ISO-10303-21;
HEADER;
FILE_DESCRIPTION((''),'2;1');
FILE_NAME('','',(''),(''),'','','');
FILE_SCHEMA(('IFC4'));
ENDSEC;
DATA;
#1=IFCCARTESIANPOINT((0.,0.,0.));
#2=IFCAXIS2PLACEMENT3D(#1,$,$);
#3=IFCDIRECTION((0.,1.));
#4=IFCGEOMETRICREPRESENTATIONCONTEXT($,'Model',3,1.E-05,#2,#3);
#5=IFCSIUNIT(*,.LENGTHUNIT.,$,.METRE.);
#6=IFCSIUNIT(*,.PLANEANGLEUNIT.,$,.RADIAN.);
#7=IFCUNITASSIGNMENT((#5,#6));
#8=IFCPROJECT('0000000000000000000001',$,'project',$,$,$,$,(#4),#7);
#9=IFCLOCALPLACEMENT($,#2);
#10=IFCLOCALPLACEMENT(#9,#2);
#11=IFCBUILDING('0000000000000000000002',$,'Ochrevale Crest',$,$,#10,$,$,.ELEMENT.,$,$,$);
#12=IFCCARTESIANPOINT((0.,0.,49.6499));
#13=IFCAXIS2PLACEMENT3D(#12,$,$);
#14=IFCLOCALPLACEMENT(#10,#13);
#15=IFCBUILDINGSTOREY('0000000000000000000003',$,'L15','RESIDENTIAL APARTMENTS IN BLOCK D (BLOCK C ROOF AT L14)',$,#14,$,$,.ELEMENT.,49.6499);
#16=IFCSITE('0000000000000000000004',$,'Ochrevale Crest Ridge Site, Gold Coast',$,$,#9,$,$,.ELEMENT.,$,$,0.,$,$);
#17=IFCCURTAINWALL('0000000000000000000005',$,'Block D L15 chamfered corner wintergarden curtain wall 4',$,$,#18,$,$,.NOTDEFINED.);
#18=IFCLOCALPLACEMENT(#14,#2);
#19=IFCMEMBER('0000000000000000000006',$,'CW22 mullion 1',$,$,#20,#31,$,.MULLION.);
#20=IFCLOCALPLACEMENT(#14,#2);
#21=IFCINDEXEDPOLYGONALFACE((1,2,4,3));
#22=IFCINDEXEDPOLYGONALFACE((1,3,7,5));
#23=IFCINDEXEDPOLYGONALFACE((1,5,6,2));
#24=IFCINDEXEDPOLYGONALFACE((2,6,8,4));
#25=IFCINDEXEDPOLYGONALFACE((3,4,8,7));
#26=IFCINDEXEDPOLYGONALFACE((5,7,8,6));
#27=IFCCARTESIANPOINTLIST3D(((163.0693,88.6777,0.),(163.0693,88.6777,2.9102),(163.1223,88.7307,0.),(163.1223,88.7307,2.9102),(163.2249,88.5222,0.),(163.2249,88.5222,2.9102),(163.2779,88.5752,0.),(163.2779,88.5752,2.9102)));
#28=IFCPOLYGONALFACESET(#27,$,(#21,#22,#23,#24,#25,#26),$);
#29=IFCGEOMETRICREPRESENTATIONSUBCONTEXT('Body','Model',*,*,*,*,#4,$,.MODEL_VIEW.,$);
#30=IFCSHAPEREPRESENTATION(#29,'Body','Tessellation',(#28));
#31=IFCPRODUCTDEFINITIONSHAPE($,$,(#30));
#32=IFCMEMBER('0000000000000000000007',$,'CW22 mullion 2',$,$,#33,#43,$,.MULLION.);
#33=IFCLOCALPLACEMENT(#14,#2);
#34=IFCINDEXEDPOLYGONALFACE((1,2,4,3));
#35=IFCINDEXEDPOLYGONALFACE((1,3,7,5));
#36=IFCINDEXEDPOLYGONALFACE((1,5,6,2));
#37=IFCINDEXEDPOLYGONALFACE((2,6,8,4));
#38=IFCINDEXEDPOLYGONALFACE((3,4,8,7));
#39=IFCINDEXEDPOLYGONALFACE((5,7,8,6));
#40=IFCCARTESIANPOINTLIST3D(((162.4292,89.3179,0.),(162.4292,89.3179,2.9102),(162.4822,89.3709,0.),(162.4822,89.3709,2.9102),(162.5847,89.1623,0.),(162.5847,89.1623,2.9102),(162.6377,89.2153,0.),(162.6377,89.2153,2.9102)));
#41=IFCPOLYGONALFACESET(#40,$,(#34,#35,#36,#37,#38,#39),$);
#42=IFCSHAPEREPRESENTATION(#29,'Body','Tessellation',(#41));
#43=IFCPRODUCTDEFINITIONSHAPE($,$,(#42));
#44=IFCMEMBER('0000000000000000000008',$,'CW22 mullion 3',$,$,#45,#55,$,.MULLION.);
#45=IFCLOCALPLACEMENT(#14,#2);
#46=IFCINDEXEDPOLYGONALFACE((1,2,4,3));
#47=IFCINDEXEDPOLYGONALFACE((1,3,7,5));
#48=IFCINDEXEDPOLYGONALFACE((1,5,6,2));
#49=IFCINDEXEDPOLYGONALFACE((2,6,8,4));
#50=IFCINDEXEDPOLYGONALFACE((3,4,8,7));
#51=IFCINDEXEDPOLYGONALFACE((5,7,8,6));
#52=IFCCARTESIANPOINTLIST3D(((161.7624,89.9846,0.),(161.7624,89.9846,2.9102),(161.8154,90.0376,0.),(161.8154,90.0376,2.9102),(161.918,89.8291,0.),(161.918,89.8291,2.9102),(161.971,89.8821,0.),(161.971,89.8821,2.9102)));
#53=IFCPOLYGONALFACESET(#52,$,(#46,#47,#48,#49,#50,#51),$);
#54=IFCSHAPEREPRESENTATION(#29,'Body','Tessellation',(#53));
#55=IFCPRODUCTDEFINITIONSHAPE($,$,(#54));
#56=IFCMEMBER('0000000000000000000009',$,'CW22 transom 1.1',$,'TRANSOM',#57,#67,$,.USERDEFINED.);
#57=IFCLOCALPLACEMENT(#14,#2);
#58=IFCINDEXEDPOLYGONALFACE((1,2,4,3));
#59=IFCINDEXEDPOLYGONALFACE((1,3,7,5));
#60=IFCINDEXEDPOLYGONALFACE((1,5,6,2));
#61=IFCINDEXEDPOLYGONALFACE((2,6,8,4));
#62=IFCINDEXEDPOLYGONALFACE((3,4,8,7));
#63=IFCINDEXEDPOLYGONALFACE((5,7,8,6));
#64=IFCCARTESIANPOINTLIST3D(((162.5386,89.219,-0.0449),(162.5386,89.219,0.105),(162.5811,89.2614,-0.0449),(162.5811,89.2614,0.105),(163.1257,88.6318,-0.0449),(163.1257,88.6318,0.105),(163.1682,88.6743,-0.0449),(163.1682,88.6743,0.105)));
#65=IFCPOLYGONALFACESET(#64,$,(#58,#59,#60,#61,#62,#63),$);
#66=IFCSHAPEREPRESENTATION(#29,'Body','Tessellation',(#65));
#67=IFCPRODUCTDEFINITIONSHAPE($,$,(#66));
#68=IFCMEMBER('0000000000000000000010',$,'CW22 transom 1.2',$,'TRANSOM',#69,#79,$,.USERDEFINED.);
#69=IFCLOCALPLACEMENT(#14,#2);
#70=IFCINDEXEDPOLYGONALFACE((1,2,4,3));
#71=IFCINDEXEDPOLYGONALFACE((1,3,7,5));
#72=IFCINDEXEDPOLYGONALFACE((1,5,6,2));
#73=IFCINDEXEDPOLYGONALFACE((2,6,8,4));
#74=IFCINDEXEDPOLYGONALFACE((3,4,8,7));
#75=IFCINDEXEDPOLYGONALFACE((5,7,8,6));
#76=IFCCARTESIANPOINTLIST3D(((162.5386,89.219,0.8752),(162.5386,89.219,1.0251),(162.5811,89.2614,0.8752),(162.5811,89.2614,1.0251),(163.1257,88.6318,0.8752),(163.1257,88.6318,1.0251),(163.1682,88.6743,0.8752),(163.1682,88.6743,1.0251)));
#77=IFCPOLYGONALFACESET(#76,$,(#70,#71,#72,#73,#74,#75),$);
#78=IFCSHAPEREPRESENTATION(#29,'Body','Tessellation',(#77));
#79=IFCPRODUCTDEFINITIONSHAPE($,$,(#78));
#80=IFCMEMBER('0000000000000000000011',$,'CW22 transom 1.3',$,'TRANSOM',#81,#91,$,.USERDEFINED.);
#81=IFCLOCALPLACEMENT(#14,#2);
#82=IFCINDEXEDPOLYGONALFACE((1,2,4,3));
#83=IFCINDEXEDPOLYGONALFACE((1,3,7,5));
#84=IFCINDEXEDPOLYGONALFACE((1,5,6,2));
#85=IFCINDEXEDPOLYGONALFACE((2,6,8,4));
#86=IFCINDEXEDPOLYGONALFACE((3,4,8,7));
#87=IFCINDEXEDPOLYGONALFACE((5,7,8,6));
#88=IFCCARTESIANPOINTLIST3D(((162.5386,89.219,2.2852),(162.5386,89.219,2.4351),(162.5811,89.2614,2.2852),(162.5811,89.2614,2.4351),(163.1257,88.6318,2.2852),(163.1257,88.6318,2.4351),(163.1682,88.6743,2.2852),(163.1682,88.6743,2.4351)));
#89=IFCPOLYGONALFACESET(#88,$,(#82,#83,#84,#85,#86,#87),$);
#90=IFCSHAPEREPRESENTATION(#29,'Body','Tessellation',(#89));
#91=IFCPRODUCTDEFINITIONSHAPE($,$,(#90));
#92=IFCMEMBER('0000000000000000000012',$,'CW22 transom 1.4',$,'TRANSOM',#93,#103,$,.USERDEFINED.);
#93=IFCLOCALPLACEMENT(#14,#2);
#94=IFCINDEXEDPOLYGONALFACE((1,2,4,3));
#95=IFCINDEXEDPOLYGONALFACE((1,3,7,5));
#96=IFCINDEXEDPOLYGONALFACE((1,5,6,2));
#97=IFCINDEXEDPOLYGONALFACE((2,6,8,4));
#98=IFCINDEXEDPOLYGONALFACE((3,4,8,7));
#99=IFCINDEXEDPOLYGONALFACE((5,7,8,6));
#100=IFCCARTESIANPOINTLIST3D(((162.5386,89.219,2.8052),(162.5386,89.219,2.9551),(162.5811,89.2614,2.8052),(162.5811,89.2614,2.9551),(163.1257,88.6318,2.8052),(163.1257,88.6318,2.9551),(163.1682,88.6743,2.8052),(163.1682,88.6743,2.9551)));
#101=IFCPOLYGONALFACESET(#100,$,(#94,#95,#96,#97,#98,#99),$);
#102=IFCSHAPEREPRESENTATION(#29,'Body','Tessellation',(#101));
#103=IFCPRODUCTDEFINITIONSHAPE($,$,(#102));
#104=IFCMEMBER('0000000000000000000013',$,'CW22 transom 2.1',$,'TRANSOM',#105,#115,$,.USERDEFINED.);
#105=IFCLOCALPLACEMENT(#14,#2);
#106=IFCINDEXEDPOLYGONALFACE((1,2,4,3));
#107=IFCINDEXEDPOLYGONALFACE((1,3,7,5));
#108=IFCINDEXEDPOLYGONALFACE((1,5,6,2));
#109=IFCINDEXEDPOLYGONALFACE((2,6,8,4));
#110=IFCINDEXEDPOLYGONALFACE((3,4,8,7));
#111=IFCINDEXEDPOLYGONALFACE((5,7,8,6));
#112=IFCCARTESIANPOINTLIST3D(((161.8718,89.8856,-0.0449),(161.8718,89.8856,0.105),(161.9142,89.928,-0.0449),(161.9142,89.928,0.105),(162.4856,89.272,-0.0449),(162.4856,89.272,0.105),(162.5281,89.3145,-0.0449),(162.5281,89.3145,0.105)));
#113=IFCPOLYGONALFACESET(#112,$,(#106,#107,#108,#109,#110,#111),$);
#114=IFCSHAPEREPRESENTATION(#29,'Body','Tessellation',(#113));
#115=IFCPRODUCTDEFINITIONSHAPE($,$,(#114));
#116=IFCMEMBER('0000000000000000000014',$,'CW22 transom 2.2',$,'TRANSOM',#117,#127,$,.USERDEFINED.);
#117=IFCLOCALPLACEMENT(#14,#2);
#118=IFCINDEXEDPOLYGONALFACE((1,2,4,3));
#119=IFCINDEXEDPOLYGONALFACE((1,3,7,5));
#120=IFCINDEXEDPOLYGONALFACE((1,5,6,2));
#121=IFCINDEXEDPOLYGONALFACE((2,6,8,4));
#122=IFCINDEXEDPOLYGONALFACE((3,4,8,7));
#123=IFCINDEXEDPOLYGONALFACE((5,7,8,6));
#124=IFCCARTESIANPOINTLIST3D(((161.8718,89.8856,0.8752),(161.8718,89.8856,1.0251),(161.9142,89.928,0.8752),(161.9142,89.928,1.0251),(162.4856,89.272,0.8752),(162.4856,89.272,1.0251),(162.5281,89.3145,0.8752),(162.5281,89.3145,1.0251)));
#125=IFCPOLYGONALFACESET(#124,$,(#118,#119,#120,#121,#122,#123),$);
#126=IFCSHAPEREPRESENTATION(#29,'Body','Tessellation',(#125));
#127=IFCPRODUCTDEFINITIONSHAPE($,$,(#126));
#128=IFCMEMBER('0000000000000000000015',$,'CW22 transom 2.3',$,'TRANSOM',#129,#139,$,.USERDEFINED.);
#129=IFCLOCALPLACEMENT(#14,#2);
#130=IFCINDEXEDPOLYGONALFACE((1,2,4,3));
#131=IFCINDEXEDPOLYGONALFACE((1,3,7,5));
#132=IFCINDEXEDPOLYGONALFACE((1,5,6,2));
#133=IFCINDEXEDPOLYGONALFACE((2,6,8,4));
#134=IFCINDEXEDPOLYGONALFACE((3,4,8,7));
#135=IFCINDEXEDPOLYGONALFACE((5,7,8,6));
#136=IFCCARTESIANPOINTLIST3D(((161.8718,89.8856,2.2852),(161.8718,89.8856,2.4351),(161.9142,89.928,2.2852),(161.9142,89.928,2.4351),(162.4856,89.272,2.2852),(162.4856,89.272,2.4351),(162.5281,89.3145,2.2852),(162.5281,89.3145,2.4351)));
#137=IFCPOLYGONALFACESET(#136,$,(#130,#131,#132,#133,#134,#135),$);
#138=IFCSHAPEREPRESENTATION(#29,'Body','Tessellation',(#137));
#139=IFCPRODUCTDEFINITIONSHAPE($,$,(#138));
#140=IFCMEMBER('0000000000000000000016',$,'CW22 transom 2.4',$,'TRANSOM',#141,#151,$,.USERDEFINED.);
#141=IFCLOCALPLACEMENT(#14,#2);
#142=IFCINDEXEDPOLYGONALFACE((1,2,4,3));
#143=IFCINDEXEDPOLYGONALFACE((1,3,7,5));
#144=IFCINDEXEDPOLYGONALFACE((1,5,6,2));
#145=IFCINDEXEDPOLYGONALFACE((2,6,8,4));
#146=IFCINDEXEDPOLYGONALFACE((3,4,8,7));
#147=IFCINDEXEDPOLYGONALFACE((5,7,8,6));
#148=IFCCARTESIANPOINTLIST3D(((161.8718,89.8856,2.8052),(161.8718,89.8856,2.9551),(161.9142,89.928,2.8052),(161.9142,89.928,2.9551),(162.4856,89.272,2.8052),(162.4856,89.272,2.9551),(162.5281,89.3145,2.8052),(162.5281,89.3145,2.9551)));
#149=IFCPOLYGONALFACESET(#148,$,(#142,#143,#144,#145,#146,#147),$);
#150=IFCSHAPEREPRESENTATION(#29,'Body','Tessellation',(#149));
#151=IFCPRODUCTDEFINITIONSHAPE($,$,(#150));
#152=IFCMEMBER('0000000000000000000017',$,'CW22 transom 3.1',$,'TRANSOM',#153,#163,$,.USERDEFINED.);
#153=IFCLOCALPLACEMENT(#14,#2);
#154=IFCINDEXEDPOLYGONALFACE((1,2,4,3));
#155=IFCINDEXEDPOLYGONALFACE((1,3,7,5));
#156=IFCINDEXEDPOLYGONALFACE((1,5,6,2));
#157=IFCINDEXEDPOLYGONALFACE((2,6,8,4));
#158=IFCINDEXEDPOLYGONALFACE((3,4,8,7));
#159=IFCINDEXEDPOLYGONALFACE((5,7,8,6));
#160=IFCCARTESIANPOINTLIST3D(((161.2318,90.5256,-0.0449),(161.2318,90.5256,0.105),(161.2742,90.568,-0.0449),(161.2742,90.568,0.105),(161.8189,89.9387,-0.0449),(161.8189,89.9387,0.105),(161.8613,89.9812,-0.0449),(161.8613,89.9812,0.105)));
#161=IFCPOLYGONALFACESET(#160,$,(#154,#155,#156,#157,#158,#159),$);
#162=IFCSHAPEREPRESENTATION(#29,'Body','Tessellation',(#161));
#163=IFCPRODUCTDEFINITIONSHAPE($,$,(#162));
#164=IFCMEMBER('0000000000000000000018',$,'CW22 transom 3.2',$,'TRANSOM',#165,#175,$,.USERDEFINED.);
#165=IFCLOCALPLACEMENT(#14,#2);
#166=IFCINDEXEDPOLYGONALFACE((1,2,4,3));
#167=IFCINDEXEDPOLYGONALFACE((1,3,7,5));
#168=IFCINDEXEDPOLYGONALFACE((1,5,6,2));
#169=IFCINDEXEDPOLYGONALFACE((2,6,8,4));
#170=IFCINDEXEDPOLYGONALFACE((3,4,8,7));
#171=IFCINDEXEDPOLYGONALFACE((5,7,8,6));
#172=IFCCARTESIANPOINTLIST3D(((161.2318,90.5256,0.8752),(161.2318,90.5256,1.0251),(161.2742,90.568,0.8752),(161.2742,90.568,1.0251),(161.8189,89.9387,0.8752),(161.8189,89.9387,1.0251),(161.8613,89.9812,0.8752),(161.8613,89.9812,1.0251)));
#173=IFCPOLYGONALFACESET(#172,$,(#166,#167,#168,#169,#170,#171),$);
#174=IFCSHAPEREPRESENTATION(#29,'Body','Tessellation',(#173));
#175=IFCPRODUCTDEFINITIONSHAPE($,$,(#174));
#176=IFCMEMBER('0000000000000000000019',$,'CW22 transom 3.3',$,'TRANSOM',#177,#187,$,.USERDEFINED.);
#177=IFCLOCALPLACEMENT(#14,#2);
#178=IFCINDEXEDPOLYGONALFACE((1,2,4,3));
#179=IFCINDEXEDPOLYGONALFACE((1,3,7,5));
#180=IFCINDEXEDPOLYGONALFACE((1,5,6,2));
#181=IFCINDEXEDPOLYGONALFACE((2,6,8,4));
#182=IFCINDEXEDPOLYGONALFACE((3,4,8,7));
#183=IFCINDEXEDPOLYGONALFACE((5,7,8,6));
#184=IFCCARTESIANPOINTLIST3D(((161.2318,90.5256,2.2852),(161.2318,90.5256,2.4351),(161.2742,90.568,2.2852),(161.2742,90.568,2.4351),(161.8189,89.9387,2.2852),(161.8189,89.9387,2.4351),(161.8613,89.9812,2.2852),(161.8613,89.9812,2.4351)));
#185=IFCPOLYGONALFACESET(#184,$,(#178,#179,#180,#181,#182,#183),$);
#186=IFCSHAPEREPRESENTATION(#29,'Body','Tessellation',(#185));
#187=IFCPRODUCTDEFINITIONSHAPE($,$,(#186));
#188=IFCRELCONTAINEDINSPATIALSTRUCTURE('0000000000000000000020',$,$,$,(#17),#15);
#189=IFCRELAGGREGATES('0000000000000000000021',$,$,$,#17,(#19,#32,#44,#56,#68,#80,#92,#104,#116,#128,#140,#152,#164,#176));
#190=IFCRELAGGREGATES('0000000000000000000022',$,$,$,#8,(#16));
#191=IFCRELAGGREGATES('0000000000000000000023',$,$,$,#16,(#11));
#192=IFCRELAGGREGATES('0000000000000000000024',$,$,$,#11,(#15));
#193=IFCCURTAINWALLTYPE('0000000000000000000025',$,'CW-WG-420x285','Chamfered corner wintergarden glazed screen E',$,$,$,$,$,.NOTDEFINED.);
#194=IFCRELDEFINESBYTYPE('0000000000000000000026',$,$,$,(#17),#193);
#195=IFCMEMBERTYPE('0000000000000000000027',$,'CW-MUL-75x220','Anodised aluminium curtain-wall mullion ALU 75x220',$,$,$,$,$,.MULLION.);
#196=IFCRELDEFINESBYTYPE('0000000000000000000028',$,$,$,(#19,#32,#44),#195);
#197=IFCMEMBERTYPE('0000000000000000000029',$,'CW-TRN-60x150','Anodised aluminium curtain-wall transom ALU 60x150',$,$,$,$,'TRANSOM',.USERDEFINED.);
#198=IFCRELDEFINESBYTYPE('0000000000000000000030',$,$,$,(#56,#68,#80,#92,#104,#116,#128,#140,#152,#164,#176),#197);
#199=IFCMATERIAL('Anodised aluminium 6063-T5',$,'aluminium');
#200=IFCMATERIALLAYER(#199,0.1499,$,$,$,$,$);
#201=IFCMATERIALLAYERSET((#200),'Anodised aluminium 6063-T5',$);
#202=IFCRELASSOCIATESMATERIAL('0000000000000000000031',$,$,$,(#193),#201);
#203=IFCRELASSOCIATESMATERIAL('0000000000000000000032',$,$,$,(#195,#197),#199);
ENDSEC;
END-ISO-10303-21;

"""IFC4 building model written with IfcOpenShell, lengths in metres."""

from ifc_helpers import new_model, si_unit, direction, frame, origin, origin_2d, place, context, subcontext, project, spatial, rectangle, extrude, material, layer, layer_set, material_profile, profile_set, type_object, element, aggregate, save


model = new_model("IFC4")

# Units and contexts
model_context = context("Model", 3, precision=1e-05, world=origin(), true_north=direction((0.0, 1.0)))
body_context = subcontext(model_context, "Body", "Model", "MODEL_VIEW")
ifc_project = project(units=[si_unit("LENGTHUNIT", "METRE"), si_unit("PLANEANGLEUNIT", "RADIAN")], contexts=[model_context])

# Site, building, storey
site_placement = place(None, origin())
site = spatial("IfcSite", under=ifc_project, at=site_placement, Name="Ochrevale Crest Ridge Site, Gold Coast", CompositionType="ELEMENT", RefElevation=0.0)
building_placement = place(site_placement, origin())
building = spatial("IfcBuilding", under=site, at=building_placement, Name="Ochrevale Crest", CompositionType="ELEMENT")
storey_placement = place(building_placement, frame((0.0, 0.0, 49.6499)))
storey = spatial("IfcBuildingStorey", under=building, at=storey_placement, Name="L15", Description="RESIDENTIAL APARTMENTS IN BLOCK D (BLOCK C ROOF AT L14)", CompositionType="ELEMENT", Elevation=49.6499)

# Curtain wall, members
ifc_material_1 = material(Name="Anodised aluminium 6063-T5", Category="aluminium")
ifc_layer_1 = layer(ifc_material_1, 0.1499)
ifc_layer_set_1 = layer_set([ifc_layer_1], Name="Anodised aluminium 6063-T5")
curtain_wall_type = type_object("IfcCurtainWallType", Name="CW-WG-420x285", Description="Chamfered corner wintergarden glazed screen E", PredefinedType="NOTDEFINED", material=ifc_layer_set_1)
curtain_wall_placement = place(storey_placement, origin())
curtain_wall = element("IfcCurtainWall", 1, at=curtain_wall_placement, inside=storey, type_object=curtain_wall_type, Name="Block D L15 chamfered corner wintergarden curtain wall 4", PredefinedType="NOTDEFINED")
ifc_material_profile_1 = material_profile(ifc_material_1, rectangle(XDim=0.075, YDim=0.22, at=origin_2d()), Name="ALU 75x220")
ifc_profile_set_1 = profile_set([ifc_material_profile_1], Name="Anodised aluminium 6063-T5")
member_type_1 = type_object("IfcMemberType", Name="CW-MUL-75x220", Description="Anodised aluminium curtain-wall mullion ALU 75x220", PredefinedType="MULLION", material=ifc_profile_set_1)
member_1_placement = place(storey_placement, frame((163.1736, 88.6265, 0.0), z_axis=(0.0, 0.0, 1.0), x_axis=(-0.707107, -0.707107, 0.0)))
member_1 = element("IfcMember", 2, at=member_1_placement, type_object=member_type_1, Name="CW22 mullion 1", PredefinedType="MULLION", context=body_context, shape_type="SweptSolid", body=[
    extrude(rectangle(XDim=0.075, YDim=0.22, at=origin_2d()), origin(), (0.0, 0.0, 1.0), 2.9102),
])
member_2_placement = place(storey_placement, frame((162.5334, 89.2666, 0.0), z_axis=(0.0, 0.0, 1.0), x_axis=(-0.707107, -0.707107, 0.0)))
member_2 = element("IfcMember", 3, at=member_2_placement, type_object=member_type_1, Name="CW22 mullion 2", PredefinedType="MULLION", context=body_context, shape_type="SweptSolid", body=[
    extrude(rectangle(XDim=0.075, YDim=0.22, at=origin_2d()), origin(), (0.0, 0.0, 1.0), 2.9102),
])
member_3_placement = place(storey_placement, frame((161.8667, 89.9333, 0.0), z_axis=(0.0, 0.0, 1.0), x_axis=(-0.707107, -0.707107, 0.0)))
member_3 = element("IfcMember", 4, at=member_3_placement, type_object=member_type_1, Name="CW22 mullion 3", PredefinedType="MULLION", context=body_context, shape_type="SweptSolid", body=[
    extrude(rectangle(XDim=0.075, YDim=0.22, at=origin_2d()), origin(), (0.0, 0.0, 1.0), 2.9102),
])
ifc_material_profile_2 = material_profile(ifc_material_1, rectangle(XDim=0.0601, YDim=0.1499, at=origin_2d()), Name="ALU 60x150")
ifc_profile_set_2 = profile_set([ifc_material_profile_2], Name="Anodised aluminium 6063-T5")
member_type_2 = type_object("IfcMemberType", Name="CW-TRN-60x150", Description="Anodised aluminium curtain-wall transom ALU 60x150", ElementType="TRANSOM", PredefinedType="USERDEFINED", material=ifc_profile_set_2)
member_4_placement = place(storey_placement, frame((163.147, 88.6531, 0.03), z_axis=(-0.707107, 0.707107, 0.0), x_axis=(-0.707107, -0.707107, 0.0)))
member_4 = element("IfcMember", 5, at=member_4_placement, type_object=member_type_2, Name="CW22 transom 1.1", ObjectType="TRANSOM", PredefinedType="USERDEFINED", context=body_context, shape_type="SweptSolid", body=[
    extrude(rectangle(XDim=0.0601, YDim=0.1499, at=origin_2d()), origin(), (0.0, 0.0, 1.0), 0.8303),
])
member_5_placement = place(storey_placement, frame((163.147, 88.6531, 0.9502), z_axis=(-0.707107, 0.707107, 0.0), x_axis=(-0.707107, -0.707107, 0.0)))
member_5 = element("IfcMember", 6, at=member_5_placement, type_object=member_type_2, Name="CW22 transom 1.2", ObjectType="TRANSOM", PredefinedType="USERDEFINED", context=body_context, shape_type="SweptSolid", body=[
    extrude(rectangle(XDim=0.0601, YDim=0.1499, at=origin_2d()), origin(), (0.0, 0.0, 1.0), 0.8303),
])
member_6_placement = place(storey_placement, frame((163.147, 88.6531, 2.3601), z_axis=(-0.707107, 0.707107, 0.0), x_axis=(-0.707107, -0.707107, 0.0)))
member_6 = element("IfcMember", 7, at=member_6_placement, type_object=member_type_2, Name="CW22 transom 1.3", ObjectType="TRANSOM", PredefinedType="USERDEFINED", context=body_context, shape_type="SweptSolid", body=[
    extrude(rectangle(XDim=0.0601, YDim=0.1499, at=origin_2d()), origin(), (0.0, 0.0, 1.0), 0.8303),
])
member_7_placement = place(storey_placement, frame((163.147, 88.6531, 2.8801), z_axis=(-0.707107, 0.707107, 0.0), x_axis=(-0.707107, -0.707107, 0.0)))
member_7 = element("IfcMember", 8, at=member_7_placement, type_object=member_type_2, Name="CW22 transom 1.4", ObjectType="TRANSOM", PredefinedType="USERDEFINED", context=body_context, shape_type="SweptSolid", body=[
    extrude(rectangle(XDim=0.0601, YDim=0.1499, at=origin_2d()), origin(), (0.0, 0.0, 1.0), 0.8303),
])
member_8_placement = place(storey_placement, frame((162.5068, 89.2932, 0.03), z_axis=(-0.707247, 0.706966, 0.0), x_axis=(-0.706966, -0.707247, 0.0)))
member_8 = element("IfcMember", 9, at=member_8_placement, type_object=member_type_2, Name="CW22 transom 2.1", ObjectType="TRANSOM", PredefinedType="USERDEFINED", context=body_context, shape_type="SweptSolid", body=[
    extrude(rectangle(XDim=0.0601, YDim=0.1499, at=origin_2d()), origin(), (0.0, 0.0, 1.0), 0.8679),
])
member_9_placement = place(storey_placement, frame((162.5068, 89.2932, 0.9502), z_axis=(-0.707247, 0.706966, 0.0), x_axis=(-0.706966, -0.707247, 0.0)))
member_9 = element("IfcMember", 10, at=member_9_placement, type_object=member_type_2, Name="CW22 transom 2.2", ObjectType="TRANSOM", PredefinedType="USERDEFINED", context=body_context, shape_type="SweptSolid", body=[
    extrude(rectangle(XDim=0.0601, YDim=0.1499, at=origin_2d()), origin(), (0.0, 0.0, 1.0), 0.8679),
])
member_10_placement = place(storey_placement, frame((162.5068, 89.2932, 2.3601), z_axis=(-0.707247, 0.706966, 0.0), x_axis=(-0.706966, -0.707247, 0.0)))
member_10 = element("IfcMember", 11, at=member_10_placement, type_object=member_type_2, Name="CW22 transom 2.3", ObjectType="TRANSOM", PredefinedType="USERDEFINED", context=body_context, shape_type="SweptSolid", body=[
    extrude(rectangle(XDim=0.0601, YDim=0.1499, at=origin_2d()), origin(), (0.0, 0.0, 1.0), 0.8679),
])
member_11_placement = place(storey_placement, frame((162.5068, 89.2932, 2.8801), z_axis=(-0.707247, 0.706966, 0.0), x_axis=(-0.706966, -0.707247, 0.0)))
member_11 = element("IfcMember", 12, at=member_11_placement, type_object=member_type_2, Name="CW22 transom 2.4", ObjectType="TRANSOM", PredefinedType="USERDEFINED", context=body_context, shape_type="SweptSolid", body=[
    extrude(rectangle(XDim=0.0601, YDim=0.1499, at=origin_2d()), origin(), (0.0, 0.0, 1.0), 0.8679),
])
member_12_placement = place(storey_placement, frame((161.8401, 89.96, 0.03), z_axis=(-0.707254, 0.70696, 0.0), x_axis=(-0.70696, -0.707254, 0.0)))
member_12 = element("IfcMember", 13, at=member_12_placement, type_object=member_type_2, Name="CW22 transom 3.1", ObjectType="TRANSOM", PredefinedType="USERDEFINED", context=body_context, shape_type="SweptSolid", body=[
    extrude(rectangle(XDim=0.0601, YDim=0.1499, at=origin_2d()), origin(), (0.0, 0.0, 1.0), 0.8301),
])
member_13_placement = place(storey_placement, frame((161.8401, 89.96, 0.9502), z_axis=(-0.707254, 0.70696, 0.0), x_axis=(-0.70696, -0.707254, 0.0)))
member_13 = element("IfcMember", 14, at=member_13_placement, type_object=member_type_2, Name="CW22 transom 3.2", ObjectType="TRANSOM", PredefinedType="USERDEFINED", context=body_context, shape_type="SweptSolid", body=[
    extrude(rectangle(XDim=0.0601, YDim=0.1499, at=origin_2d()), origin(), (0.0, 0.0, 1.0), 0.8301),
])
member_14_placement = place(storey_placement, frame((161.8401, 89.96, 2.3601), z_axis=(-0.707254, 0.70696, 0.0), x_axis=(-0.70696, -0.707254, 0.0)))
member_14 = element("IfcMember", 15, at=member_14_placement, type_object=member_type_2, Name="CW22 transom 3.3", ObjectType="TRANSOM", PredefinedType="USERDEFINED", context=body_context, shape_type="SweptSolid", body=[
    extrude(rectangle(XDim=0.0601, YDim=0.1499, at=origin_2d()), origin(), (0.0, 0.0, 1.0), 0.8301),
])
aggregate(curtain_wall, [member_1, member_2, member_3, member_4, member_5, member_6, member_7, member_8, member_9, member_10, member_11, member_12, member_13, member_14])

save(model, "model.ifc")
